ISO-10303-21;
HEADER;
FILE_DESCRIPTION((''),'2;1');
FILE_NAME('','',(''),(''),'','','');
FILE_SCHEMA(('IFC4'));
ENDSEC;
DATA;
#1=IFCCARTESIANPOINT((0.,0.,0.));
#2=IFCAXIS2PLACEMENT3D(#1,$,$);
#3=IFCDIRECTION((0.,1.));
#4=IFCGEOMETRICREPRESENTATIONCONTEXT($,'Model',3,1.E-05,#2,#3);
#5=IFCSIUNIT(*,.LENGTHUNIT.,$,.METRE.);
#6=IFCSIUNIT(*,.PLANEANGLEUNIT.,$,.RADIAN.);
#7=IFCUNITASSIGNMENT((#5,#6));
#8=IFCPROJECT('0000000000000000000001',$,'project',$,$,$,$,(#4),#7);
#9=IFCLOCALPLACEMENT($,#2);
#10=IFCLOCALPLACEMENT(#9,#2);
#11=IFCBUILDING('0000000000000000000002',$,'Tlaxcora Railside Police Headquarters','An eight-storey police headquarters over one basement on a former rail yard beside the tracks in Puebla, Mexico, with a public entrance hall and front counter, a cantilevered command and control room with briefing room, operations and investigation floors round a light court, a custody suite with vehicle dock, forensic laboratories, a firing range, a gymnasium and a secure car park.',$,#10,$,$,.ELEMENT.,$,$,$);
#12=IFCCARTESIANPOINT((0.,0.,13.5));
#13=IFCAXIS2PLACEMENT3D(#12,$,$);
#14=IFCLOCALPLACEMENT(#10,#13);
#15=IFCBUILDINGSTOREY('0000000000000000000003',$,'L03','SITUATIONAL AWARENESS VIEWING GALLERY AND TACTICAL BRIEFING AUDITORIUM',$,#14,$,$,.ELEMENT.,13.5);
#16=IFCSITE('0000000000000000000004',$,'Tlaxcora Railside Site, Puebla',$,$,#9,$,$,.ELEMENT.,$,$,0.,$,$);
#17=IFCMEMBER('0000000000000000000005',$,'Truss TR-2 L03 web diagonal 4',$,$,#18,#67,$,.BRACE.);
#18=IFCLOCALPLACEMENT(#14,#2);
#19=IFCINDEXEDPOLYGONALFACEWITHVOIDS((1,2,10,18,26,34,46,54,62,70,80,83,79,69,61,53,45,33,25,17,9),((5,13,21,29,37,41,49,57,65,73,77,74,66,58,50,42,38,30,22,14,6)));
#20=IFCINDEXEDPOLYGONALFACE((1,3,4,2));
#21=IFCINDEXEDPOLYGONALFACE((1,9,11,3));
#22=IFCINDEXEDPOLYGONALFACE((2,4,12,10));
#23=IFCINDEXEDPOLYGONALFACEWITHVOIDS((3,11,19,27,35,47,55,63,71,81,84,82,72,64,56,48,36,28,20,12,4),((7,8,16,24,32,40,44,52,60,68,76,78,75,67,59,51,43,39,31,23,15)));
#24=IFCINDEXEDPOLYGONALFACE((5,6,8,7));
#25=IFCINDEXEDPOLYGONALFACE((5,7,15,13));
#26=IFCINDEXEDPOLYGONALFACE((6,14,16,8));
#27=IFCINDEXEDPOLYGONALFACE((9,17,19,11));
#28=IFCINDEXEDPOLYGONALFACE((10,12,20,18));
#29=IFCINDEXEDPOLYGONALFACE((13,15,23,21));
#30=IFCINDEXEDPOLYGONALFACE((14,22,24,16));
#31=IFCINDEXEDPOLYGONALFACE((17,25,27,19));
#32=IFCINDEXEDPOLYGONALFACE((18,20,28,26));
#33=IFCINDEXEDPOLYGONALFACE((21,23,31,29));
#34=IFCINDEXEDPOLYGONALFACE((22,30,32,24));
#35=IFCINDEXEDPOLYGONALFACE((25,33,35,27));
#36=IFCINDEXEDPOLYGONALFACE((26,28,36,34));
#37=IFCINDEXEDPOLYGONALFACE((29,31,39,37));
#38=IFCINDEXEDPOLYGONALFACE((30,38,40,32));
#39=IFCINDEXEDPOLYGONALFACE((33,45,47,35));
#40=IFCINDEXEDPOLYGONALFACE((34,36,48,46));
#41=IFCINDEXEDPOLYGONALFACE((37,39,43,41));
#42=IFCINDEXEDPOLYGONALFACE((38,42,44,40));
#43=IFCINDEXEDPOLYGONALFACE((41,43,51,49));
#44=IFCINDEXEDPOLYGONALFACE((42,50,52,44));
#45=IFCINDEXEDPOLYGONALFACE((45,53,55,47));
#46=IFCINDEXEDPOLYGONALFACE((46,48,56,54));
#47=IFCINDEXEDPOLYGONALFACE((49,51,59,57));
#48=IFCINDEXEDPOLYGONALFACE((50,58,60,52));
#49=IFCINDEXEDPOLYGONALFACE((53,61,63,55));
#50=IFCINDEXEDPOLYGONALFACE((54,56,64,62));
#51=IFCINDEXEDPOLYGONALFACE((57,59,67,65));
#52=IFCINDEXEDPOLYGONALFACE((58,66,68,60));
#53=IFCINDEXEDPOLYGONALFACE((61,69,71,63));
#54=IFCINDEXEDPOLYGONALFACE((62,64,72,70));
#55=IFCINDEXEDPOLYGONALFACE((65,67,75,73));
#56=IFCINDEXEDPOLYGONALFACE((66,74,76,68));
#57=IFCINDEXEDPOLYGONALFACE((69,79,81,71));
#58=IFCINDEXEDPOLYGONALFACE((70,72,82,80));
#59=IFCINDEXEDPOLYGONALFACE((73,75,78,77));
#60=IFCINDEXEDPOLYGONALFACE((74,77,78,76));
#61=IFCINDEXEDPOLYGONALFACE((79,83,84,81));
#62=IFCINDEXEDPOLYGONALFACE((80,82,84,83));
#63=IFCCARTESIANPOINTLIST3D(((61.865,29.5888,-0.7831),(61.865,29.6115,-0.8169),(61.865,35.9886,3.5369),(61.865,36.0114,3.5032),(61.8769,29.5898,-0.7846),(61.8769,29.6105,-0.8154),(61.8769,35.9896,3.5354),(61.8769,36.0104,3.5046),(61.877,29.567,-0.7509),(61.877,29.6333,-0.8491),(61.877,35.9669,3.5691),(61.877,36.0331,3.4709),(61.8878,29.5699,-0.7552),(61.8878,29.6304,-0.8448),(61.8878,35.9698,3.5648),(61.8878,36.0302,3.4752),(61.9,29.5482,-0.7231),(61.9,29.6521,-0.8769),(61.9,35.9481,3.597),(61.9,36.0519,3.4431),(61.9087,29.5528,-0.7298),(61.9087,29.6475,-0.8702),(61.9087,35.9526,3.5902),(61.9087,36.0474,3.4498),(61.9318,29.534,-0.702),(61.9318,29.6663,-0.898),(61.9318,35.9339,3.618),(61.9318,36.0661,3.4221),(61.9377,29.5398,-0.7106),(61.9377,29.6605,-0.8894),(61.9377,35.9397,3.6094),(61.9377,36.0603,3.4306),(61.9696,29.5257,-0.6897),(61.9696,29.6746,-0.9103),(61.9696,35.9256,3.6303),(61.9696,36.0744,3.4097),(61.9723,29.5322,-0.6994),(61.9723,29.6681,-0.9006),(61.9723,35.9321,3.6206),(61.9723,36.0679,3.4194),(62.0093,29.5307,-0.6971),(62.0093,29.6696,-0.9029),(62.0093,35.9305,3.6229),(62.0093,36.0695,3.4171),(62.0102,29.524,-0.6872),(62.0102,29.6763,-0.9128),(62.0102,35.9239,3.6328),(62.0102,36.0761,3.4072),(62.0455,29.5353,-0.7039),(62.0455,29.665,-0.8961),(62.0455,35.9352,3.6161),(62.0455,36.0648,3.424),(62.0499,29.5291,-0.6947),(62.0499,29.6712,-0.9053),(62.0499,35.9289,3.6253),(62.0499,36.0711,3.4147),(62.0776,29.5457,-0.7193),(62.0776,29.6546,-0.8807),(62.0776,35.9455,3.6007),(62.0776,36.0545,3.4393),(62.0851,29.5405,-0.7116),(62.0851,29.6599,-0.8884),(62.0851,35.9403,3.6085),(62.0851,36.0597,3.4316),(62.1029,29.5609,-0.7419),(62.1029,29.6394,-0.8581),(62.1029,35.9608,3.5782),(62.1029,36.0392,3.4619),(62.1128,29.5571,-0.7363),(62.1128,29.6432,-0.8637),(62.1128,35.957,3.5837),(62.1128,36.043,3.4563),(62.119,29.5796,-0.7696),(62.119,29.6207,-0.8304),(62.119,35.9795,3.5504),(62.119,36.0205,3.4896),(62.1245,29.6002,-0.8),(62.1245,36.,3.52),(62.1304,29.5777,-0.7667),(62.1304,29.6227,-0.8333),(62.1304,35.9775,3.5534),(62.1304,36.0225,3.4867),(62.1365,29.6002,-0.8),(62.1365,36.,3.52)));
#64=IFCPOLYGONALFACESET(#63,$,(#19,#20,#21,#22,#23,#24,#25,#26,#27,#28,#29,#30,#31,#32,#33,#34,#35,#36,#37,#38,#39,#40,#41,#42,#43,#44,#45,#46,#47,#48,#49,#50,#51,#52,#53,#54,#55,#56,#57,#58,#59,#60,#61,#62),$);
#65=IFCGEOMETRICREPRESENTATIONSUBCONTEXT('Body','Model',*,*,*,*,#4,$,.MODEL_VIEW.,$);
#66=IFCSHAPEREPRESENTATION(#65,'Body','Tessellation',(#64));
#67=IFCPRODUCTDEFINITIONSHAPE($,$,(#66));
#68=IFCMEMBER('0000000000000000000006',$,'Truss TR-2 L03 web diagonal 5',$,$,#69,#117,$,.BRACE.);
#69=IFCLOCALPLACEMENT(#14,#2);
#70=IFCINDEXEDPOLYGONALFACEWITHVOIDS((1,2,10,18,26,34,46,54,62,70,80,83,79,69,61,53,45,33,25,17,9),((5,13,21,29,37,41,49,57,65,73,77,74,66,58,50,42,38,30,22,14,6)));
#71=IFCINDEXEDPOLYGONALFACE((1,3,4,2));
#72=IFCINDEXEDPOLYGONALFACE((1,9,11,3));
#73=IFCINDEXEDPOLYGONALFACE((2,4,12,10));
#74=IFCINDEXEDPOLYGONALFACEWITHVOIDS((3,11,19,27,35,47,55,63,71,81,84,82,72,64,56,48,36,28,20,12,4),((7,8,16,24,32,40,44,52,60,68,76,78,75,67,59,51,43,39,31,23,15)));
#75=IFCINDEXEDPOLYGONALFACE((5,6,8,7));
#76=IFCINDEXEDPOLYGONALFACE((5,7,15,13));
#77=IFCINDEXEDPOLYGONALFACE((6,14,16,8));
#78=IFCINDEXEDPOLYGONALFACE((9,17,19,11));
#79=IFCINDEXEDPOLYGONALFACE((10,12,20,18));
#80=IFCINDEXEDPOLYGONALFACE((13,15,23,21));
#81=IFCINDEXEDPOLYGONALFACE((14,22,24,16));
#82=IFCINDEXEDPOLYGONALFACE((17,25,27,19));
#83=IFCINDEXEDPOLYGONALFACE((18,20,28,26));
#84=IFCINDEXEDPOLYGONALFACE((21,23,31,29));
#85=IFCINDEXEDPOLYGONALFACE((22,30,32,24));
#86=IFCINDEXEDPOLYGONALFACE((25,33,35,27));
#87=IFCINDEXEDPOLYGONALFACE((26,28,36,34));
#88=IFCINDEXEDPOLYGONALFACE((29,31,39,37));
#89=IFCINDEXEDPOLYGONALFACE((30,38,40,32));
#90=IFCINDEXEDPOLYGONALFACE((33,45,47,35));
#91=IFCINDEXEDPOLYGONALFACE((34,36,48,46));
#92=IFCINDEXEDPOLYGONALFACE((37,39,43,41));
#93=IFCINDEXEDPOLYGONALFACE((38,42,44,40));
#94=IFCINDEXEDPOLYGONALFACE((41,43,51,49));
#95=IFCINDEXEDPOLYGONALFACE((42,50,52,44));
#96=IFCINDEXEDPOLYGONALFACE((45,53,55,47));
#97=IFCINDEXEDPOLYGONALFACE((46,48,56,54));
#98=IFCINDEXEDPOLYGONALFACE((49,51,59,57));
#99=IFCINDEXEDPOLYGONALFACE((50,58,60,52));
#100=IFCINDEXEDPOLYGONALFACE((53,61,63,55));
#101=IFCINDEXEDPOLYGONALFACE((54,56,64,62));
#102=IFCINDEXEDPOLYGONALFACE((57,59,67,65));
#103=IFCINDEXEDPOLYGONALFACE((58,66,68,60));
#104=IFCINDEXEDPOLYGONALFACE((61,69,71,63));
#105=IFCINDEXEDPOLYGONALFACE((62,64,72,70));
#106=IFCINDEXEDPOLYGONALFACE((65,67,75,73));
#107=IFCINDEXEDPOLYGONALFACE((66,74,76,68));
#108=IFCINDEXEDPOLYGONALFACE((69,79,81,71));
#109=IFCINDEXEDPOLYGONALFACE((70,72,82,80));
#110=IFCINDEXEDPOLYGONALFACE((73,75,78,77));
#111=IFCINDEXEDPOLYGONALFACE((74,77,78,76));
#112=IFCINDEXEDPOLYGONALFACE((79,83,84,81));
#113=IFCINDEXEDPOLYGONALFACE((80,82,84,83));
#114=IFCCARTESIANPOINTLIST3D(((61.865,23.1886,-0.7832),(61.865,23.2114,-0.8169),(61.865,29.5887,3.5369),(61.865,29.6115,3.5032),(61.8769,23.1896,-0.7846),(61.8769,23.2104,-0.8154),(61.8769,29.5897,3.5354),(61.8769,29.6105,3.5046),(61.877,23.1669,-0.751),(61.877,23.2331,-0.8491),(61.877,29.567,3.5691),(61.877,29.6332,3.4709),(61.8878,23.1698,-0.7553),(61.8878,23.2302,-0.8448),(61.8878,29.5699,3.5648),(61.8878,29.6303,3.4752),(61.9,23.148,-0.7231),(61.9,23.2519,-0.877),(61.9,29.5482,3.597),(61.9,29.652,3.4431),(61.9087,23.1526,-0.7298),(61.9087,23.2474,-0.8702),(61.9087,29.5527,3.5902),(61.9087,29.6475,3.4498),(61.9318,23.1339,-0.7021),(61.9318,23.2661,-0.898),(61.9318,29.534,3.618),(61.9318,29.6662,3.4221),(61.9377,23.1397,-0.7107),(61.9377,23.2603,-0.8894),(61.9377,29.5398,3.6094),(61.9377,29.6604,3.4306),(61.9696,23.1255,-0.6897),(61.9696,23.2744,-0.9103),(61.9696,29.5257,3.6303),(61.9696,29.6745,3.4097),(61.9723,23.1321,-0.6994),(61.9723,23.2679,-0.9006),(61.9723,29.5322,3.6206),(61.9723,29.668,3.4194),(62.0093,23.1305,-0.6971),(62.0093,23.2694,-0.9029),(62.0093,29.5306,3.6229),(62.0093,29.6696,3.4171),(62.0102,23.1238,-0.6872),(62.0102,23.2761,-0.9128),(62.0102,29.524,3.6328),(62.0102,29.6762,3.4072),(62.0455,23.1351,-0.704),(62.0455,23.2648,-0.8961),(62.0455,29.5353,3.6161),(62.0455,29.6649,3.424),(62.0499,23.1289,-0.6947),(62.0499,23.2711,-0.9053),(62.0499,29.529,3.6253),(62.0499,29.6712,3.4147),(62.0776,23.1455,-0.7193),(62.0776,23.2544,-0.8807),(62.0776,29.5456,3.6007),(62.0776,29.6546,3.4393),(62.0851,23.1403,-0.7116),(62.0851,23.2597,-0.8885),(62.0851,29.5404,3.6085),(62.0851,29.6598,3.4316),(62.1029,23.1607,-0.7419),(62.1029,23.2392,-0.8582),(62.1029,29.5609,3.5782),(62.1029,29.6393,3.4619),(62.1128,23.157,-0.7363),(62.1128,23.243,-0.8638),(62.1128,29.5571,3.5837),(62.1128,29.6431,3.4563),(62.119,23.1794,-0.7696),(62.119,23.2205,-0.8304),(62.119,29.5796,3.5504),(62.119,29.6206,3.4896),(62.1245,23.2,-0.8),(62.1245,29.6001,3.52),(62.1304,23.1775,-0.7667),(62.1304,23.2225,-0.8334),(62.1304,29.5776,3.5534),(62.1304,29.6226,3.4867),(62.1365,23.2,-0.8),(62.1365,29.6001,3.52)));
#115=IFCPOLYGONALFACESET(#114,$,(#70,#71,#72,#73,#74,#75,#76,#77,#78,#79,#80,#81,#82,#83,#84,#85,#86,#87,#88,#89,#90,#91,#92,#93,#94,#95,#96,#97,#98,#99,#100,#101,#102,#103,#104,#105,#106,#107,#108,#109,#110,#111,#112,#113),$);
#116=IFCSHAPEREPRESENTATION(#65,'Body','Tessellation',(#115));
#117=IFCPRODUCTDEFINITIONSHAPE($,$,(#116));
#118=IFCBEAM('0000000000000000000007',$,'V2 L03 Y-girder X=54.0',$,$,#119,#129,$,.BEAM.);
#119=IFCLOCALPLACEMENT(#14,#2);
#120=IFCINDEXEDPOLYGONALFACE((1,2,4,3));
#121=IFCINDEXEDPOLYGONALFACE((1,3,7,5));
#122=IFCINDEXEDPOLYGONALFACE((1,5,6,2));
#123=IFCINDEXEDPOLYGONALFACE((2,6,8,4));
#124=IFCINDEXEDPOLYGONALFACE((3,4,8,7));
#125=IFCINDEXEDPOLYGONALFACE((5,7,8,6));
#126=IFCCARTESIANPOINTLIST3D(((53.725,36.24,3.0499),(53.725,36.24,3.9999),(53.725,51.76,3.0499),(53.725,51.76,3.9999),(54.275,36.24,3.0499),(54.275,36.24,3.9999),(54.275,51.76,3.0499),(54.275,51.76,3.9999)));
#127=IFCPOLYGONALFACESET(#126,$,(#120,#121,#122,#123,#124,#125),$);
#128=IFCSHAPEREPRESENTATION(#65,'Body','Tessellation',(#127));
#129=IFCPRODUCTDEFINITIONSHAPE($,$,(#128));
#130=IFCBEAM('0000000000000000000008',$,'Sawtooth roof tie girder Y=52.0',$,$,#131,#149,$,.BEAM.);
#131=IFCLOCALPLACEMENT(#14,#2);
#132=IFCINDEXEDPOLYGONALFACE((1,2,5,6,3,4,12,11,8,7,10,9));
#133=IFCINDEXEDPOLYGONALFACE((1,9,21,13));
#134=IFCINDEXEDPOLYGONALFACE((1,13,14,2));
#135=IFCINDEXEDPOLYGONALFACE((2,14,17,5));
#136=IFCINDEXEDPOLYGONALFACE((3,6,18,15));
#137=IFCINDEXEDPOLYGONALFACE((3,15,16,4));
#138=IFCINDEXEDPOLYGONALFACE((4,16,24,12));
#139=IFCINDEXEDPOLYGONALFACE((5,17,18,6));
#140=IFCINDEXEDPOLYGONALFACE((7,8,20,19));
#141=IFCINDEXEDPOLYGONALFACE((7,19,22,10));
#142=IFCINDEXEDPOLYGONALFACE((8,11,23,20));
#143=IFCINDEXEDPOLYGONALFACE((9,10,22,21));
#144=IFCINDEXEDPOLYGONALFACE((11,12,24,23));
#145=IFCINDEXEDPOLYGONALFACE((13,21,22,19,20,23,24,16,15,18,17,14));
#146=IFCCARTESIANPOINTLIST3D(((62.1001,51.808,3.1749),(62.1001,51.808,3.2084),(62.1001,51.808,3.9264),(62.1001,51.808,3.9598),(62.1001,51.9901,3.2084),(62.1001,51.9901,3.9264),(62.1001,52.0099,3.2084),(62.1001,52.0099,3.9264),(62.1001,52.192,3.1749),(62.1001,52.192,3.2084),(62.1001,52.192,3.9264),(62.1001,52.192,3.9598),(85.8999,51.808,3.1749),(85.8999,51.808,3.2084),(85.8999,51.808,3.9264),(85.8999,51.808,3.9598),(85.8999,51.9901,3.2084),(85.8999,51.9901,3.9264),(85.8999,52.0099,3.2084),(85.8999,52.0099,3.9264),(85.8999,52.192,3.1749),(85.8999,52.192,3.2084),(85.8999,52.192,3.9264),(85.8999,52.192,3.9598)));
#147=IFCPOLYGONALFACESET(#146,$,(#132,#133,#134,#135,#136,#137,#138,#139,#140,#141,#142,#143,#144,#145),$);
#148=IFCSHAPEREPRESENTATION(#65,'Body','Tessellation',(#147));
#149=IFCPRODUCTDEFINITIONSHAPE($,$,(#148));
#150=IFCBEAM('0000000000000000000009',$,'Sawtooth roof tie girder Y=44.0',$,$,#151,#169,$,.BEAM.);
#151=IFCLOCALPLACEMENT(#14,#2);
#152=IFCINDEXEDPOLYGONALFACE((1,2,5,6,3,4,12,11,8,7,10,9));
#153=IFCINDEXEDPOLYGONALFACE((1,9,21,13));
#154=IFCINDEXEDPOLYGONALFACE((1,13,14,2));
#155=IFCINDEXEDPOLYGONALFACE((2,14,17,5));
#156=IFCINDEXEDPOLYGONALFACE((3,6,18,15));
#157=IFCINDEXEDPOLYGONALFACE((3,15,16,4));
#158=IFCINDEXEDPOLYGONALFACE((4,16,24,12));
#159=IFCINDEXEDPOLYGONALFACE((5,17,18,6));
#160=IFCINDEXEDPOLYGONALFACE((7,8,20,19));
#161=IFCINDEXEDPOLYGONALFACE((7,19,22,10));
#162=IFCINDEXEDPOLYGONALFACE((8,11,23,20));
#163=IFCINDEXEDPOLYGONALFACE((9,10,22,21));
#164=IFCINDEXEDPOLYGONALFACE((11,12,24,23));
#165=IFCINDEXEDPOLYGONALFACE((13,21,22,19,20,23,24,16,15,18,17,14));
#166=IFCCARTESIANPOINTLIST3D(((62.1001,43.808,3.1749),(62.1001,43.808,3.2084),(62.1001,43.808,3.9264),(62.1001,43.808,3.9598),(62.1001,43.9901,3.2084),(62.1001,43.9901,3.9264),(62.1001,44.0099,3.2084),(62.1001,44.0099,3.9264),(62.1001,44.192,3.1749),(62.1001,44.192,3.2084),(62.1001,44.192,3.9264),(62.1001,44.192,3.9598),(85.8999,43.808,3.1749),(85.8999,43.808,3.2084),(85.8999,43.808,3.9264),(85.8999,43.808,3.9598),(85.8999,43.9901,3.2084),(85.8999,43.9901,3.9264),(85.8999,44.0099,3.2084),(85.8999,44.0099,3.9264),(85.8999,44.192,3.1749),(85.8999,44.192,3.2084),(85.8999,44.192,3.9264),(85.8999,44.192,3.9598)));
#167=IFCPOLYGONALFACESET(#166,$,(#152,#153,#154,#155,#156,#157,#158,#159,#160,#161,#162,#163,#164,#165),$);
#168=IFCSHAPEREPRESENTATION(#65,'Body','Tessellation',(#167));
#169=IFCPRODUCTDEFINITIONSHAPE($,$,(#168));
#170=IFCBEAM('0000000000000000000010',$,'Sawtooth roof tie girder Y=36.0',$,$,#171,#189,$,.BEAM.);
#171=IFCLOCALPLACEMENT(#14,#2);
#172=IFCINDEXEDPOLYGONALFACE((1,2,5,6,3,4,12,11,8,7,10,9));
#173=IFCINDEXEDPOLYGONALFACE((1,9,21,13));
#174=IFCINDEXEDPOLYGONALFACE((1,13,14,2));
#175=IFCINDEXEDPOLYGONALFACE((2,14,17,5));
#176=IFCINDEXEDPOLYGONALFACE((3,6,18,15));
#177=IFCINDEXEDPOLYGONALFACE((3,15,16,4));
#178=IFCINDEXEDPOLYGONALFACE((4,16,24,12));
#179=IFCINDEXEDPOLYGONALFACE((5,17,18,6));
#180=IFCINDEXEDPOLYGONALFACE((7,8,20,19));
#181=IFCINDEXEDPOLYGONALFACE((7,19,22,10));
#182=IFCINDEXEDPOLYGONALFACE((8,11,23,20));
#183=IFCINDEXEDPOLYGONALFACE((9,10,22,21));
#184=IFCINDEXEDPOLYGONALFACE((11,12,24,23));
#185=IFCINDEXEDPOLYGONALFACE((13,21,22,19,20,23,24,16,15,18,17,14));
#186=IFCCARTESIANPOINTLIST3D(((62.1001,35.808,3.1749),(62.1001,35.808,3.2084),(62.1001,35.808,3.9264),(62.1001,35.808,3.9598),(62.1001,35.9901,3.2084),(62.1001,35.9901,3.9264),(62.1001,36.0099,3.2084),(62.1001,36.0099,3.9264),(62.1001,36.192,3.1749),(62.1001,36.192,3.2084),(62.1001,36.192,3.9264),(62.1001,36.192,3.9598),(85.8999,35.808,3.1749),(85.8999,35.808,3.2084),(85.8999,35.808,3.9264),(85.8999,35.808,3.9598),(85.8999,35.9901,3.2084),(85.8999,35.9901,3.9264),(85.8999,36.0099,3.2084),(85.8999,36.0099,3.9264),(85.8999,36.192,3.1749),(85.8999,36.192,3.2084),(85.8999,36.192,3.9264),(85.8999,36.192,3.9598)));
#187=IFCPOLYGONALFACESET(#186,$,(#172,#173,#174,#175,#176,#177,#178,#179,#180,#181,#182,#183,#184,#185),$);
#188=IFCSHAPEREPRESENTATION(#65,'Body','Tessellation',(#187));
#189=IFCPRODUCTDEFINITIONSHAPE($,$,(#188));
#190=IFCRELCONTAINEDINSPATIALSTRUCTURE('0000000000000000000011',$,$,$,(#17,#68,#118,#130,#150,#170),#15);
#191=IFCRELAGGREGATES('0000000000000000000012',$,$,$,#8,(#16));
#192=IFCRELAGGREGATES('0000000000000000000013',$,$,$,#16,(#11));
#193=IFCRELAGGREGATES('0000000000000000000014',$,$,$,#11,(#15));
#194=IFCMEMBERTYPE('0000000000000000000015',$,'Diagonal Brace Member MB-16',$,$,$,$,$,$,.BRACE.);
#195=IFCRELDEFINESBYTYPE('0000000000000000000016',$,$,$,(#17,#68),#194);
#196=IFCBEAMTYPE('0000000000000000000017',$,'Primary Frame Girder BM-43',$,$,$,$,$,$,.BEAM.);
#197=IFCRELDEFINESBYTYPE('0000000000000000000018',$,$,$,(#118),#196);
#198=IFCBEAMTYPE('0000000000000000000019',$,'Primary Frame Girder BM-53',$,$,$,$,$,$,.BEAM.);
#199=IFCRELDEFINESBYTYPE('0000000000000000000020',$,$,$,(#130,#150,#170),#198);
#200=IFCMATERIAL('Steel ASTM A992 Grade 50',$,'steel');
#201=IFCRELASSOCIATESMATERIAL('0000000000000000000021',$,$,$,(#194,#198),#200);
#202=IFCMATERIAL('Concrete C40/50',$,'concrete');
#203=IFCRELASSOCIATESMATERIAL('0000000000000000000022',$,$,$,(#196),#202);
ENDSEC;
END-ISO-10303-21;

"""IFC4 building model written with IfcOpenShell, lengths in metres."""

from ifc_helpers import new_model, si_unit, direction, frame, origin, origin_2d, place, context, subcontext, project, spatial, rectangle, hollow_circle, i_section, extrude, material, material_profile, profile_set, type_object, element, save


model = new_model("IFC4")

# Units and contexts
model_context = context("Model", 3, precision=1e-05, world=origin(), true_north=direction((0.0, 1.0)))
body_context = subcontext(model_context, "Body", "Model", "MODEL_VIEW")
ifc_project = project(units=[si_unit("LENGTHUNIT", "METRE"), si_unit("PLANEANGLEUNIT", "RADIAN")], contexts=[model_context])

# Site, building, storey
site_placement = place(None, origin())
site = spatial("IfcSite", under=ifc_project, at=site_placement, Name="Tlaxcora Railside Site, Puebla", CompositionType="ELEMENT", RefElevation=0.0)
building_placement = place(site_placement, origin())
building = spatial("IfcBuilding", under=site, at=building_placement, Name="Tlaxcora Railside Police Headquarters", Description="An eight-storey police headquarters over one basement on a former rail yard beside the tracks in Puebla, Mexico, with a public entrance hall and front counter, a cantilevered command and control room with briefing room, operations and investigation floors round a light court, a custody suite with vehicle dock, forensic laboratories, a firing range, a gymnasium and a secure car park.", CompositionType="ELEMENT")
storey_placement = place(building_placement, frame((0.0, 0.0, 13.5)))
storey = spatial("IfcBuildingStorey", under=building, at=storey_placement, Name="L03", Description="SITUATIONAL AWARENESS VIEWING GALLERY AND TACTICAL BRIEFING AUDITORIUM", CompositionType="ELEMENT", Elevation=13.5)

# Shared definitions
ifc_material_1 = material(Name="Concrete C40/50", Category="concrete")

# Members
ifc_material_2 = material(Name="Steel ASTM A992 Grade 50", Category="steel")
ifc_material_profile_1 = material_profile(ifc_material_2, hollow_circle(Radius=0.1365, WallThickness=0.012, at=origin_2d()), Name="CHS273X12")
ifc_profile_set_1 = profile_set([ifc_material_profile_1], Name="Steel ASTM A992 Grade 50")
member_type_1 = type_object("IfcMemberType", Name="Diagonal Brace Member MB-16", PredefinedType="BRACE", material=ifc_profile_set_1)
member_1_placement = place(storey_placement, frame((62.0, 36.0, 3.52), z_axis=(0.0, -0.828841, -0.559485), x_axis=(1.0, 0.0, 0.0)))
element("IfcMember", 1, at=member_1_placement, inside=storey, type_object=member_type_1, Name="Truss TR-2 L03 web diagonal 4", PredefinedType="BRACE", context=body_context, shape_type="SweptSolid", body=[
    extrude(hollow_circle(Radius=0.1365, WallThickness=0.012, at=origin_2d()), origin(), (0.0, 0.0, 1.0), 7.7214),
])
member_2_placement = place(storey_placement, frame((62.0, 29.6001, 3.52), z_axis=(0.0, -0.828851, -0.55947), x_axis=(1.0, 0.0, 0.0)))
element("IfcMember", 2, at=member_2_placement, inside=storey, type_object=member_type_1, Name="Truss TR-2 L03 web diagonal 5", PredefinedType="BRACE", context=body_context, shape_type="SweptSolid", body=[
    extrude(hollow_circle(Radius=0.1365, WallThickness=0.012, at=origin_2d()), origin(), (0.0, 0.0, 1.0), 7.7217),
])

# Beams
ifc_material_profile_2 = material_profile(ifc_material_1, rectangle(XDim=0.55, YDim=0.95, at=origin_2d()), Name="RC550X950")
ifc_profile_set_2 = profile_set([ifc_material_profile_2], Name="Concrete C40/50")
beam_type_1 = type_object("IfcBeamType", Name="Primary Frame Girder BM-43", PredefinedType="BEAM", material=ifc_profile_set_2)
beam_1_placement = place(storey_placement, frame((54.0, 36.24, 3.5249), z_axis=(0.0, 1.0, 0.0), x_axis=(-1.0, 0.0, 0.0)))
element("IfcBeam", 3, at=beam_1_placement, inside=storey, type_object=beam_type_1, Name="V2 L03 Y-girder X=54.0", PredefinedType="BEAM", context=body_context, shape_type="SweptSolid", body=[
    extrude(rectangle(XDim=0.55, YDim=0.95, at=origin_2d()), origin(), (0.0, 0.0, 1.0), 15.52),
])
ifc_material_profile_3 = material_profile(ifc_material_2, i_section(OverallWidth=0.384, OverallDepth=0.7849, WebThickness=0.0198, FlangeThickness=0.0334, at=origin_2d()), Name="W30X211")
ifc_profile_set_3 = profile_set([ifc_material_profile_3], Name="Steel ASTM A992 Grade 50")
beam_type_2 = type_object("IfcBeamType", Name="Primary Frame Girder BM-53", PredefinedType="BEAM", material=ifc_profile_set_3)
for number, where, z_axis, x_axis, name in (
    (4, (62.1001, 52.0, 3.5674), (1.0, 0.0, 0.0), (0.0, 1.0, 0.0), "Sawtooth roof tie girder Y=52.0"),
    (5, (62.1001, 44.0, 3.5674), (1.0, 0.0, 0.0), (0.0, 1.0, 0.0), "Sawtooth roof tie girder Y=44.0"),
    (6, (62.1001, 36.0, 3.5674), (1.0, 0.0, 0.0), (0.0, 1.0, 0.0), "Sawtooth roof tie girder Y=36.0"),
):
    element("IfcBeam", number, at=place(storey_placement, frame(where, z_axis=z_axis, x_axis=x_axis)), inside=storey, type_object=beam_type_2, Name=name, PredefinedType="BEAM", context=body_context, shape_type="SweptSolid", body=[
        extrude(i_section(OverallWidth=0.384, OverallDepth=0.7849, WebThickness=0.0198, FlangeThickness=0.0334, at=origin_2d()), origin(), (0.0, 0.0, 1.0), 23.7998),
    ])

save(model, "model.ifc")
